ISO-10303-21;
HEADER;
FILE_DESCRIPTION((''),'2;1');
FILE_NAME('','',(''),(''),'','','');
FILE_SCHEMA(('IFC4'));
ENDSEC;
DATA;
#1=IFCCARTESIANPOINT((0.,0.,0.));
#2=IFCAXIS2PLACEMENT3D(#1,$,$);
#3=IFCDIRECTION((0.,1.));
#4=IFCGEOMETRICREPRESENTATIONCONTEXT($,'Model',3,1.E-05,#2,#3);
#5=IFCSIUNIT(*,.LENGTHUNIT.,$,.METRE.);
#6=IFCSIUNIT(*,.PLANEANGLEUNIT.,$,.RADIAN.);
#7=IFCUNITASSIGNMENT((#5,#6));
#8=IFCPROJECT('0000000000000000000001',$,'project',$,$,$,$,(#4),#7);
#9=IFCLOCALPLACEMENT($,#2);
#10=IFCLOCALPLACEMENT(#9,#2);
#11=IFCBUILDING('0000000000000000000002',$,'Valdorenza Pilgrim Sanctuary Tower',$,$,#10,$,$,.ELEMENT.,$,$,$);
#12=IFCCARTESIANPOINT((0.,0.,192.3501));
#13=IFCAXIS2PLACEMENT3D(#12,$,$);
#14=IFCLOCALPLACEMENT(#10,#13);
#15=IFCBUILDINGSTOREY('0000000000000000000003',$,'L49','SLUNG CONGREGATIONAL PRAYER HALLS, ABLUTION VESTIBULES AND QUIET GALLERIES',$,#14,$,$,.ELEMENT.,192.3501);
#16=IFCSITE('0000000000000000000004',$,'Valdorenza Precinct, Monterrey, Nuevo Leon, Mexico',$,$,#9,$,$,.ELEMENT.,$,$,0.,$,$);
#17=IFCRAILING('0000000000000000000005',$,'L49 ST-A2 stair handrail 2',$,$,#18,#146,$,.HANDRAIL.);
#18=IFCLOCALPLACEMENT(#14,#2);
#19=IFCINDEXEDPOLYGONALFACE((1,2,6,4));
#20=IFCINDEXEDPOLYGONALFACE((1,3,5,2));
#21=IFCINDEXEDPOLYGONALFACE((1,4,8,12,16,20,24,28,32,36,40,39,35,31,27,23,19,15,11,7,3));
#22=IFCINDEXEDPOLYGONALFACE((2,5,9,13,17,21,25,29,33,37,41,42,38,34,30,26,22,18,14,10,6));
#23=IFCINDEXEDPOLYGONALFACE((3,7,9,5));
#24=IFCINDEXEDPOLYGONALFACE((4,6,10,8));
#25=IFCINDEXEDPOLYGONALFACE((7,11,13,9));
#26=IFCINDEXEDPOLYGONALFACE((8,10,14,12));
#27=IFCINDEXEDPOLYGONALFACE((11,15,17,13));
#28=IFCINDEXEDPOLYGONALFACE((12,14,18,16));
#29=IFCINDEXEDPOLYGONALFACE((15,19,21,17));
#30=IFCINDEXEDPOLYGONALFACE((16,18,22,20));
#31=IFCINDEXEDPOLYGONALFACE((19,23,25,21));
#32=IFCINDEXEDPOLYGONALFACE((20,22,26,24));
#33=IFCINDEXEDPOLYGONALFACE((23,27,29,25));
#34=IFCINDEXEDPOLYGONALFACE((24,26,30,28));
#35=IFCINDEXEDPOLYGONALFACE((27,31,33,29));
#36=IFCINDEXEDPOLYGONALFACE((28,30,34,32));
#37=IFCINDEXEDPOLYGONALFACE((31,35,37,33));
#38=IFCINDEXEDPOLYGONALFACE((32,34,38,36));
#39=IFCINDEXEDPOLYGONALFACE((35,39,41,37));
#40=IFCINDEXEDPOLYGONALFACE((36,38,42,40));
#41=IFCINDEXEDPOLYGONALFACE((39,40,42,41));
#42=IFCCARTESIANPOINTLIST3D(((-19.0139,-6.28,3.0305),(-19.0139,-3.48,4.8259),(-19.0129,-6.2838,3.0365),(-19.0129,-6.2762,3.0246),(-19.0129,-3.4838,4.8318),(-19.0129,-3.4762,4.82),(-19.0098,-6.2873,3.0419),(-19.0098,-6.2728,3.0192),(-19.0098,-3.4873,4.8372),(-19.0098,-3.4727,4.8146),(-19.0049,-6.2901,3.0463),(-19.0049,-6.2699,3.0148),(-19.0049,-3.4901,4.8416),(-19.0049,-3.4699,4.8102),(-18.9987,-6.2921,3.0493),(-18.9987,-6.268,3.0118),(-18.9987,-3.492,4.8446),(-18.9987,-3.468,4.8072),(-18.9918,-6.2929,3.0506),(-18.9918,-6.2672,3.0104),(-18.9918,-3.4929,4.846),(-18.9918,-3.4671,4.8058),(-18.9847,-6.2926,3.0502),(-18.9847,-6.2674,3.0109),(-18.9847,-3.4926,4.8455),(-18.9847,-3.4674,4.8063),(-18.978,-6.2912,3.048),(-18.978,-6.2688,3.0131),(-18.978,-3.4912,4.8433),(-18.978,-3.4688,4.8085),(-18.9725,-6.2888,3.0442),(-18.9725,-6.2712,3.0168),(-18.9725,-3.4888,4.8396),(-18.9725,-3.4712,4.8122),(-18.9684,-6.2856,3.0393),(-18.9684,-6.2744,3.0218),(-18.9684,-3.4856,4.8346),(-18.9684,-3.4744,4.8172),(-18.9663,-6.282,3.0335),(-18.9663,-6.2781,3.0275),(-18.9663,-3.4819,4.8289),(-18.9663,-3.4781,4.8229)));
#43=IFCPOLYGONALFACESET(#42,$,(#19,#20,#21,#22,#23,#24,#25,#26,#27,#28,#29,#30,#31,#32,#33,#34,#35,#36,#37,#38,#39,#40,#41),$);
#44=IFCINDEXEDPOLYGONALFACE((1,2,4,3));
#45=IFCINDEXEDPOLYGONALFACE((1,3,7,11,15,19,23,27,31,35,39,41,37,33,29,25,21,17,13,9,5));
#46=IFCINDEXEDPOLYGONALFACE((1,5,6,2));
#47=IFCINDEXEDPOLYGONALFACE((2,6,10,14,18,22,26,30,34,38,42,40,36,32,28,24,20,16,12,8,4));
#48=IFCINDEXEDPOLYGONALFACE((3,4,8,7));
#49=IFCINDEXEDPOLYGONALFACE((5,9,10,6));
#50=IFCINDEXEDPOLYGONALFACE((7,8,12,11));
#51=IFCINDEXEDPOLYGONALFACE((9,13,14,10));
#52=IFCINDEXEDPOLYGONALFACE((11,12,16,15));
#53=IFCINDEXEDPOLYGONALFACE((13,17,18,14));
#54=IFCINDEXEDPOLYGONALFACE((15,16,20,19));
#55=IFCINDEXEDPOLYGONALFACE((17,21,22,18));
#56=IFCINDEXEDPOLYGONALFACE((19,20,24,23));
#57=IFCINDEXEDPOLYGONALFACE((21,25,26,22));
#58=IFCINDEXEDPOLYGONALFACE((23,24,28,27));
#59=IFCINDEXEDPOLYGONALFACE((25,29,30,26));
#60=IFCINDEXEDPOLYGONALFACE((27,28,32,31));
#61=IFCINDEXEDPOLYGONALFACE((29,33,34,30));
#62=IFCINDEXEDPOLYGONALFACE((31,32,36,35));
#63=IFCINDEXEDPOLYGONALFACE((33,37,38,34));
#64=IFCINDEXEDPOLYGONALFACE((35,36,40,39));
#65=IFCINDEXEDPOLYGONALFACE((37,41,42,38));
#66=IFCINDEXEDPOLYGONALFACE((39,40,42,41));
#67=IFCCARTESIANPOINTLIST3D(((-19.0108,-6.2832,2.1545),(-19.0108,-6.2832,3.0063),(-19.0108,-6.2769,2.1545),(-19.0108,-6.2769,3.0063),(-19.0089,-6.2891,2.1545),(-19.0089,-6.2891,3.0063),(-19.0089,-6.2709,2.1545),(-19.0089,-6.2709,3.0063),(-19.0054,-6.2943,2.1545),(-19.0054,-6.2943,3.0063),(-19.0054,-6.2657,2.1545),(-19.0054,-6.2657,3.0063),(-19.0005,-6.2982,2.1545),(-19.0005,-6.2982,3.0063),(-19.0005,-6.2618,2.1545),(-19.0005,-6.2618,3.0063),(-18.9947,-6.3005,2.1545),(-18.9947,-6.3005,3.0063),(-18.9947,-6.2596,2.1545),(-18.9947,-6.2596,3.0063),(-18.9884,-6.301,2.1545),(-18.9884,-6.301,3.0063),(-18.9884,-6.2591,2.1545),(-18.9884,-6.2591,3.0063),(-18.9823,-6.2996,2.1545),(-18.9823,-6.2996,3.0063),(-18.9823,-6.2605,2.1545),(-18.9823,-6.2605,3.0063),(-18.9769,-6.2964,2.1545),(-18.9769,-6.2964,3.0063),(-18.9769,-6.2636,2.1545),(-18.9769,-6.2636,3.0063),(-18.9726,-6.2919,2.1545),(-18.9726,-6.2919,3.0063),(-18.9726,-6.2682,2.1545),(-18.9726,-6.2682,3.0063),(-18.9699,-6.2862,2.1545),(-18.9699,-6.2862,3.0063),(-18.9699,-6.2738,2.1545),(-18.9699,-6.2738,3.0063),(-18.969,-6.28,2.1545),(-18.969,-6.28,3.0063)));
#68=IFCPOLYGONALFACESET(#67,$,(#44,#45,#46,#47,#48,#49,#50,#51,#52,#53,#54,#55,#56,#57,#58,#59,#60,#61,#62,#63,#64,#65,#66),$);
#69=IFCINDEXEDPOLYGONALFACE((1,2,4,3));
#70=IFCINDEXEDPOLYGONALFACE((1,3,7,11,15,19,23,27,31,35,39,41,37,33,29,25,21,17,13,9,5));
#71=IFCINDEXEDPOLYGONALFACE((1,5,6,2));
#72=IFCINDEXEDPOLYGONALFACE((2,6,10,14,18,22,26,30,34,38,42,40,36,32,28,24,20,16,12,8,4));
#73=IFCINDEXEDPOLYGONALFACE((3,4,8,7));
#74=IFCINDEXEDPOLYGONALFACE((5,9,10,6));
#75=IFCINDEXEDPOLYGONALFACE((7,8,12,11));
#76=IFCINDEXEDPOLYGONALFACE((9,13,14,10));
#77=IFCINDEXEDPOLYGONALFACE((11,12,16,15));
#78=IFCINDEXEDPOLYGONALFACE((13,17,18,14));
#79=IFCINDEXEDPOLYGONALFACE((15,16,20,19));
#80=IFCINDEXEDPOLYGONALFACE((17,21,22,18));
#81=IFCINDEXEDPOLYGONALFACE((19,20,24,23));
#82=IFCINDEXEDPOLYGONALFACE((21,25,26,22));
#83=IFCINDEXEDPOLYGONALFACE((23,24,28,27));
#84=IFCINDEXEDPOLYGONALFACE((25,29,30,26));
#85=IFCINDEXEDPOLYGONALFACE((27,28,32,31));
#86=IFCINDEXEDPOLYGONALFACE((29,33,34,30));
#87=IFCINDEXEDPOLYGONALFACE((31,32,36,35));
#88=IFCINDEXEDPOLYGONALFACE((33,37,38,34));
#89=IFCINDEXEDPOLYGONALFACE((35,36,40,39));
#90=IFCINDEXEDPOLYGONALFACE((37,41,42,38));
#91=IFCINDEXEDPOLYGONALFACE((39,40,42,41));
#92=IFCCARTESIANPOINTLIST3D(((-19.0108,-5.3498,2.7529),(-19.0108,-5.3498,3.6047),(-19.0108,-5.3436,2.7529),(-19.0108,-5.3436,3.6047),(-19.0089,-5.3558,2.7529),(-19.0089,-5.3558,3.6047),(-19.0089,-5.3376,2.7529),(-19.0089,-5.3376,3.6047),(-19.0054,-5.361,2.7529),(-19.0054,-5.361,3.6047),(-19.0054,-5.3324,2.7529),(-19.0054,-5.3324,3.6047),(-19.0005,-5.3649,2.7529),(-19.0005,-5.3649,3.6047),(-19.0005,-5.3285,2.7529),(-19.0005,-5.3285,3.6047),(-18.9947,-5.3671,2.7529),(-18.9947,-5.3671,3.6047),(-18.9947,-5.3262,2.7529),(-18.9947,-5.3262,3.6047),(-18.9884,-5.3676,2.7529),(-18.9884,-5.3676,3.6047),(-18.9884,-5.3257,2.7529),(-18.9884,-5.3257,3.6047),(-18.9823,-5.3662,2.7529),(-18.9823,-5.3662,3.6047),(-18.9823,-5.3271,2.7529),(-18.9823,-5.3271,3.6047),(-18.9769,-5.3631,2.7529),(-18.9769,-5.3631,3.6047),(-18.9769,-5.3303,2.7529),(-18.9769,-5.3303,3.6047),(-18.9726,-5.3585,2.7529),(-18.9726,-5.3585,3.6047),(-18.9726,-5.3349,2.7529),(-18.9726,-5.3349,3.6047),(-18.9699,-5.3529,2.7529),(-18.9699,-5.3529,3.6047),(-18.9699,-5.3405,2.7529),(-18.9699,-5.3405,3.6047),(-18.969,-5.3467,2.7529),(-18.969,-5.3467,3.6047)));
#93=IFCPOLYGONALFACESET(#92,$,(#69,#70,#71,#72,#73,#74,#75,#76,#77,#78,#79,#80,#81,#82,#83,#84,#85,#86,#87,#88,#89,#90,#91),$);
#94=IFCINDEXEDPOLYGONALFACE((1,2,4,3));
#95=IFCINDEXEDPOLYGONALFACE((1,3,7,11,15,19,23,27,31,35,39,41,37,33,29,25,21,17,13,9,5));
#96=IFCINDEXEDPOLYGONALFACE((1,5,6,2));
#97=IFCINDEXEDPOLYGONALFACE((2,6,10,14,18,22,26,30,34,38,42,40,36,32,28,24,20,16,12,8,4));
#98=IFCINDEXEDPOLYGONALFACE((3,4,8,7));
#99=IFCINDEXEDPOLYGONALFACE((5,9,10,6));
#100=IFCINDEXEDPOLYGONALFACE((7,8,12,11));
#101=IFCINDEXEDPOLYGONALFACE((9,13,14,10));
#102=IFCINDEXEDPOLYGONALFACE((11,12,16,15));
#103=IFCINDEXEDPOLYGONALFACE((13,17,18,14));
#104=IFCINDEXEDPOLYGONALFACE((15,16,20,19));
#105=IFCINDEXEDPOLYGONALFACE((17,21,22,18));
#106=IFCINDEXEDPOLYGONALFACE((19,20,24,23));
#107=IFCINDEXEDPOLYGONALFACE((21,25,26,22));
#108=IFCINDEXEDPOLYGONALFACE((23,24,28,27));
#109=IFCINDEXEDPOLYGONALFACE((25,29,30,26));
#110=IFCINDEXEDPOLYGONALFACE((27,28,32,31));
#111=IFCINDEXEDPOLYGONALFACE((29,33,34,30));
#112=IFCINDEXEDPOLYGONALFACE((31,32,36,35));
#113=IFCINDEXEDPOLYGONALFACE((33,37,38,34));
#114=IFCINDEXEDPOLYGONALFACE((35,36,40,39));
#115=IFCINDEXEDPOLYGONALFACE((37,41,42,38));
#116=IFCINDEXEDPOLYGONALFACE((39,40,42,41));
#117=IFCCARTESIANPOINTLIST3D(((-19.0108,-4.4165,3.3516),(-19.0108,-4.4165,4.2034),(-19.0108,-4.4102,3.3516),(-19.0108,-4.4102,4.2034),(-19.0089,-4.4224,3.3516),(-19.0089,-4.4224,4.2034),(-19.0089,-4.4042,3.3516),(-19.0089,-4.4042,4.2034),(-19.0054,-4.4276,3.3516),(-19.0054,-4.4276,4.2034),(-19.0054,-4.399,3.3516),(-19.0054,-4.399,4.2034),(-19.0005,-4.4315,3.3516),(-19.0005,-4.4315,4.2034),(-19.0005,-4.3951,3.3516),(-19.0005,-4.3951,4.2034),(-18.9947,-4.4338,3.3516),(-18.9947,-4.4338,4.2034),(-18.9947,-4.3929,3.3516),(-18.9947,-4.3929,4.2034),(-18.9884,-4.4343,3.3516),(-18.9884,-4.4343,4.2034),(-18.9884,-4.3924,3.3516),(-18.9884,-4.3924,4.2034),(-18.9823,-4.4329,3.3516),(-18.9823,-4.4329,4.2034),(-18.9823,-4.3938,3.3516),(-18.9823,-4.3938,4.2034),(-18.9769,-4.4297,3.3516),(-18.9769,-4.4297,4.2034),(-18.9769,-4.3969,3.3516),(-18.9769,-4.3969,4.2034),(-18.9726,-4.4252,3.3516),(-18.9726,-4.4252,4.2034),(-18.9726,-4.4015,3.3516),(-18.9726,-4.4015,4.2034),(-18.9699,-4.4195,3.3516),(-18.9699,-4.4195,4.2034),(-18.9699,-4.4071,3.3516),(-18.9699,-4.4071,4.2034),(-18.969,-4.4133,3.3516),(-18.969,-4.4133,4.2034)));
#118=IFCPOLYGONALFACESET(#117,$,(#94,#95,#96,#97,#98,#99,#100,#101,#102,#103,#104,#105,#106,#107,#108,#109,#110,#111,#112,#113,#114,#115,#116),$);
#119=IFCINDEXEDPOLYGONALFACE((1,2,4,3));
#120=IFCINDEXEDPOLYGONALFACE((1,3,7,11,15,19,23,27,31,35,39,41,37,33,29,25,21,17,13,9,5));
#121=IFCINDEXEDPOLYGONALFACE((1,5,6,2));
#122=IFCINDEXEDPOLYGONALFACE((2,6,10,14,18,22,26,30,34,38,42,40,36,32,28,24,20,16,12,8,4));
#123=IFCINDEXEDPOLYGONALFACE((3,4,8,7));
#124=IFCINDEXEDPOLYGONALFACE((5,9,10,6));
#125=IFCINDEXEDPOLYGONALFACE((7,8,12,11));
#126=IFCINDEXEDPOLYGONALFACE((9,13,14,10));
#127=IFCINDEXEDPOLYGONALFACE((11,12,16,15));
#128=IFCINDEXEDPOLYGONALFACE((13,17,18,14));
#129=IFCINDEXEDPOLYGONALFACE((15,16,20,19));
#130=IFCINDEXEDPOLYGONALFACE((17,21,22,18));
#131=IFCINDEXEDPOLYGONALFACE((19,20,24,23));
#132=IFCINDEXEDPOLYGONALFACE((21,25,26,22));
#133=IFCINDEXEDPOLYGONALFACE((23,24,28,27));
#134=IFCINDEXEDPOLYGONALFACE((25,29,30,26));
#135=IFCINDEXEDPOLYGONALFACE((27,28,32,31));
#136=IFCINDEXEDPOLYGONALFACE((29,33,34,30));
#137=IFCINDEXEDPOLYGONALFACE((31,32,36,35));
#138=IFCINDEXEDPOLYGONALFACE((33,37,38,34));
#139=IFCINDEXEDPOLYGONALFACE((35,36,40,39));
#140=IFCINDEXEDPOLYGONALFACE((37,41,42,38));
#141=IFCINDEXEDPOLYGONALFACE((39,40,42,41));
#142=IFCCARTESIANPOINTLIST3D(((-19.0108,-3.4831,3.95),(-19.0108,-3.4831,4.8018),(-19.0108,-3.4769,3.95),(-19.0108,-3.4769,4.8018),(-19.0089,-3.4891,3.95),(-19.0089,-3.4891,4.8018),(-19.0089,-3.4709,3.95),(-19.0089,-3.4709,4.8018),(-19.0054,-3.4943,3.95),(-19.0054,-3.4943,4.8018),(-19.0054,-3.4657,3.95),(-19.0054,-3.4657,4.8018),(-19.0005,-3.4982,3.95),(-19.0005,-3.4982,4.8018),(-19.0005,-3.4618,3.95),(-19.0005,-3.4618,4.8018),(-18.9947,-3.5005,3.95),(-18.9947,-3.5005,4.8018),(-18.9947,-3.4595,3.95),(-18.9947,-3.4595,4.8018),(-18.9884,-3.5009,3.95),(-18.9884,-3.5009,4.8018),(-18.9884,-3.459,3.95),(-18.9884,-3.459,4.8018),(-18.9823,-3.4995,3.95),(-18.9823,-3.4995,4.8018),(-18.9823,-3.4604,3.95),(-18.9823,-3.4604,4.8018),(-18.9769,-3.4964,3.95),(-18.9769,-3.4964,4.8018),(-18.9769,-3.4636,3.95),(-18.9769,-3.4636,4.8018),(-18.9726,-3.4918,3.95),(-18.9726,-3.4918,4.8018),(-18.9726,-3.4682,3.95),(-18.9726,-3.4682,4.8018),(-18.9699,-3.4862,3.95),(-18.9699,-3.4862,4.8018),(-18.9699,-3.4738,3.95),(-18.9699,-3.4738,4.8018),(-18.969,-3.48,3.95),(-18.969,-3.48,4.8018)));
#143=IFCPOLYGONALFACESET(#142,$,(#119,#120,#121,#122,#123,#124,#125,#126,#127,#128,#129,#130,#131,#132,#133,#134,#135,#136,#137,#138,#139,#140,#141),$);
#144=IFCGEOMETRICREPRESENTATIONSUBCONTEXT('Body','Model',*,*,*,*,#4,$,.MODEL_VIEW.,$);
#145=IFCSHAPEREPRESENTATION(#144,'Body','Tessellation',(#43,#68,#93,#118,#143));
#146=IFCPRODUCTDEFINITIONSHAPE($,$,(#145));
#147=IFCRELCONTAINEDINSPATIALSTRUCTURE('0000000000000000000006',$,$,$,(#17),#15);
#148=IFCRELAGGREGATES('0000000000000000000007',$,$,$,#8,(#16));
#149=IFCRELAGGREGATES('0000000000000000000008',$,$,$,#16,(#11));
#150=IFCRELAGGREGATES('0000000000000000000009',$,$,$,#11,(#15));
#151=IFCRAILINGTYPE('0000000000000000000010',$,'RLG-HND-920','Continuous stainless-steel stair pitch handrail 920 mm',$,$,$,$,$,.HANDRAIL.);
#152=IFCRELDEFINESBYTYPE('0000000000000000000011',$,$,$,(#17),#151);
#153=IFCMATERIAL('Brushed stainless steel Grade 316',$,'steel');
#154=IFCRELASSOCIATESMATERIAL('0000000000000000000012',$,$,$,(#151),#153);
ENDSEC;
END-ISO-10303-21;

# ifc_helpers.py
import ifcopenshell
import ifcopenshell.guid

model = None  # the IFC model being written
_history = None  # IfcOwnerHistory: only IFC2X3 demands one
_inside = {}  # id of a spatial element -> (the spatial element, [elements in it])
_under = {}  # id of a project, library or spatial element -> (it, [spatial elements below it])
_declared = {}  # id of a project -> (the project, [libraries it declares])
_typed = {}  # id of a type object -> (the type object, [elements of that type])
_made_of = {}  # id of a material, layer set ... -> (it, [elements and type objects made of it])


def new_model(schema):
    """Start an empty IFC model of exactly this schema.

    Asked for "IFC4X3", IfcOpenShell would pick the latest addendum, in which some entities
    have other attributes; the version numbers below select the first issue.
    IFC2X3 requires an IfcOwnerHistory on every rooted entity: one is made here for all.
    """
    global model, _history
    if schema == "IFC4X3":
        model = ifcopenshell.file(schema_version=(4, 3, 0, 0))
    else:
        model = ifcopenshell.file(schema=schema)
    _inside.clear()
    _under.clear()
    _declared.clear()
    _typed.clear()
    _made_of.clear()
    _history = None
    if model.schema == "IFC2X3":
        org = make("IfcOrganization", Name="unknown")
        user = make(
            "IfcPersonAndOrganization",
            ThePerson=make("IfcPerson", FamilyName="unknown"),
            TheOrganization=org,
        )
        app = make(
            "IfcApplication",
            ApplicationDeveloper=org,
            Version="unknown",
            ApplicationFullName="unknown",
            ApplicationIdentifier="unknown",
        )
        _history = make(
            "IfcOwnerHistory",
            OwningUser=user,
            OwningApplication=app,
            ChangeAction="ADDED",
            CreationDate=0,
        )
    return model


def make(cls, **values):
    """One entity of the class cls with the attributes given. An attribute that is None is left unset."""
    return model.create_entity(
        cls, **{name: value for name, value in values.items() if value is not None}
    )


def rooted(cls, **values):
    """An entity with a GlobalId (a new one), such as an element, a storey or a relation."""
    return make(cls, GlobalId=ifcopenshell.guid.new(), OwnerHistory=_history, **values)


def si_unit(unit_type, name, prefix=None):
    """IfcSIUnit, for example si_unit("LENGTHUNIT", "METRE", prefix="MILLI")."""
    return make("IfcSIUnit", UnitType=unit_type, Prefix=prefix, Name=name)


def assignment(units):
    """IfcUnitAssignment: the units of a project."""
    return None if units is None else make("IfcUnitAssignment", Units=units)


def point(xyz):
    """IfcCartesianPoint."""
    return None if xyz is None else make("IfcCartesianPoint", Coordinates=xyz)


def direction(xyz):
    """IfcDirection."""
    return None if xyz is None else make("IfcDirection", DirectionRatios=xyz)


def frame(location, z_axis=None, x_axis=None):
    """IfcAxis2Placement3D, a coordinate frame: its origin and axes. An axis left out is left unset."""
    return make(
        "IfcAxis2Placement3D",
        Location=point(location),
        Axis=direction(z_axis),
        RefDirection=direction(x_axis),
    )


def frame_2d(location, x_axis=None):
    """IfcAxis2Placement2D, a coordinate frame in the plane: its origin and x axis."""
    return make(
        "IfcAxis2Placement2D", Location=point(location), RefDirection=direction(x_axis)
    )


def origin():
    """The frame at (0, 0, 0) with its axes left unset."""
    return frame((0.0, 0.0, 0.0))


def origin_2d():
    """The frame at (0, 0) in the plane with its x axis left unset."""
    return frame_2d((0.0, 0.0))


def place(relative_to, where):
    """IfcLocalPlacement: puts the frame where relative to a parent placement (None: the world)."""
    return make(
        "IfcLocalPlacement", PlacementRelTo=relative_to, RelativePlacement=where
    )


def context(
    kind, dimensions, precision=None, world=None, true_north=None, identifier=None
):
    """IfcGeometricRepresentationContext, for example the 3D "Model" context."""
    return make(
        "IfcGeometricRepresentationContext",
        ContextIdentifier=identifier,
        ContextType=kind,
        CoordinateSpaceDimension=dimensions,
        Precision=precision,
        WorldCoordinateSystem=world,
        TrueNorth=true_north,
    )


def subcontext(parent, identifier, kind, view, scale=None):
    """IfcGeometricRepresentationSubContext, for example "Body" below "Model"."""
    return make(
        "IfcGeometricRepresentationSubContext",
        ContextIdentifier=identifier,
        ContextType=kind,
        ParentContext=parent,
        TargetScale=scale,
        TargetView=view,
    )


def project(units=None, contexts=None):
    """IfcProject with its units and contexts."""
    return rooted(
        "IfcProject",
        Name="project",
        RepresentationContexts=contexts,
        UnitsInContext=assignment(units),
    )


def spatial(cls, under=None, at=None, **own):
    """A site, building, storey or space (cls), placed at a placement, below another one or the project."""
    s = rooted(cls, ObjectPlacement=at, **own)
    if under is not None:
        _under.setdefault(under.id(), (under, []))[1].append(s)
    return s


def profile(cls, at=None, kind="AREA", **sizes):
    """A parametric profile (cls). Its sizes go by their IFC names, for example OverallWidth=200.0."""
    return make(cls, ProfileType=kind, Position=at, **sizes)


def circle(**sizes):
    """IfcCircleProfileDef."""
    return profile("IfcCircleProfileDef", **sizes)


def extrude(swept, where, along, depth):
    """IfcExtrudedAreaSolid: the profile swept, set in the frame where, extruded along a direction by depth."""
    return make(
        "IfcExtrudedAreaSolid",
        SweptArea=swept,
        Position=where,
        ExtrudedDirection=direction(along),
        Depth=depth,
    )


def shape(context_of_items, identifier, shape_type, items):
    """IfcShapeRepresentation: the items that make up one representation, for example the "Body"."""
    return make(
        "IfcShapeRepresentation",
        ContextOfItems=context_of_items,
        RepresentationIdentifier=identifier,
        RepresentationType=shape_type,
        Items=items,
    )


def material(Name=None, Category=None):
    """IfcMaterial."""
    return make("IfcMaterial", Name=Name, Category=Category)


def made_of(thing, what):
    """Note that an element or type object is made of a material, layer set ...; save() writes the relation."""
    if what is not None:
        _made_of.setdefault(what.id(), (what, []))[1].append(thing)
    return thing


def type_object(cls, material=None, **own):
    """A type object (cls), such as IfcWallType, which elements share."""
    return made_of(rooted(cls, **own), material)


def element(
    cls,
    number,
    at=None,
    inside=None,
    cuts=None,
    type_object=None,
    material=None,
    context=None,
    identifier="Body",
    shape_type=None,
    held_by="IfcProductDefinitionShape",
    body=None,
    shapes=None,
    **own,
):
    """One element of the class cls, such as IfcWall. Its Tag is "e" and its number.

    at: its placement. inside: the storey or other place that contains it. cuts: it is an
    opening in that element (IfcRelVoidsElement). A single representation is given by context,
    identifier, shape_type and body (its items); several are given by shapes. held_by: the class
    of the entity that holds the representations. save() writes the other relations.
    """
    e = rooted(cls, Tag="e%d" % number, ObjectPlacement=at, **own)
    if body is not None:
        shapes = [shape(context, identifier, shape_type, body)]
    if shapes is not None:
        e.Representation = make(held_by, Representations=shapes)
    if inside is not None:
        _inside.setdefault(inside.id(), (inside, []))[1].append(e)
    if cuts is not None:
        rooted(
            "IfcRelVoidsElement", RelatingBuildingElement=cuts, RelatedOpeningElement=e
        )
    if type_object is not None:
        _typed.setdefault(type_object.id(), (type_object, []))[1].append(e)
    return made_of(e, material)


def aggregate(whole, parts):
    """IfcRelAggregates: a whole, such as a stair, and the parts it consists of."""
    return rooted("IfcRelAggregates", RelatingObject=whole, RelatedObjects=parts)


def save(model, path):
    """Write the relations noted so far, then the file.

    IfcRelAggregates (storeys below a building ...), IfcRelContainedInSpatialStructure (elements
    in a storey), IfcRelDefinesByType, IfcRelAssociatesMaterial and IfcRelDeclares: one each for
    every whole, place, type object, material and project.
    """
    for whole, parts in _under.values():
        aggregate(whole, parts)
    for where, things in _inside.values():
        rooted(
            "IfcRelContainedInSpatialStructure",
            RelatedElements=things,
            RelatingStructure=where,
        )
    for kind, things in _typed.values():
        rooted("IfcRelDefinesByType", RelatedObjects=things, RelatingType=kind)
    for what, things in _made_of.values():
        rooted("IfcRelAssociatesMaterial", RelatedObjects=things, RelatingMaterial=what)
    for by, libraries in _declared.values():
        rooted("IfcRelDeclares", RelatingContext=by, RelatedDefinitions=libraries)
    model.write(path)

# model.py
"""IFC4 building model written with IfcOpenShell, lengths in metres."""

from ifc_helpers import new_model, si_unit, direction, frame, origin, origin_2d, place, context, subcontext, project, spatial, circle, extrude, material, type_object, element, save


model = new_model("IFC4")

# Units and contexts
model_context = context("Model", 3, precision=1e-05, world=origin(), true_north=direction((0.0, 1.0)))
body_context = subcontext(model_context, "Body", "Model", "MODEL_VIEW")
ifc_project = project(units=[si_unit("LENGTHUNIT", "METRE"), si_unit("PLANEANGLEUNIT", "RADIAN")], contexts=[model_context])

# Site, building, storey
site_placement = place(None, origin())
site = spatial("IfcSite", under=ifc_project, at=site_placement, Name="Valdorenza Precinct, Monterrey, Nuevo Leon, Mexico", CompositionType="ELEMENT", RefElevation=0.0)
building_placement = place(site_placement, origin())
building = spatial("IfcBuilding", under=site, at=building_placement, Name="Valdorenza Pilgrim Sanctuary Tower", CompositionType="ELEMENT")
storey_placement = place(building_placement, frame((0.0, 0.0, 192.3501)))
storey = spatial("IfcBuildingStorey", under=building, at=storey_placement, Name="L49", Description="SLUNG CONGREGATIONAL PRAYER HALLS, ABLUTION VESTIBULES AND QUIET GALLERIES", CompositionType="ELEMENT", Elevation=192.3501)

# Railing
ifc_material_1 = material(Name="Brushed stainless steel Grade 316", Category="steel")
railing_type_1 = type_object("IfcRailingType", Name="RLG-HND-920", Description="Continuous stainless-steel stair pitch handrail 920 mm", PredefinedType="HANDRAIL", material=ifc_material_1)
railing_1_placement = place(storey_placement, frame((-18.99, -6.28, 2.1545)))
element("IfcRailing", 1, at=railing_1_placement, inside=storey, type_object=railing_type_1, Name="L49 ST-A2 stair handrail 2", PredefinedType="HANDRAIL", context=body_context, shape_type="SweptSolid", body=[
    extrude(circle(Radius=0.0239, at=origin_2d()), frame((0.0, 0.0, 0.876), z_axis=(0.0, 0.84181, 0.539774), x_axis=(-1.0, 0.0, 0.0)), (0.0, 0.0, 1.0), 3.3262),
    extrude(circle(Radius=0.021, at=origin_2d()), origin(), (0.0, 0.0, 1.0), 0.8518),
    extrude(circle(Radius=0.021, at=origin_2d()), frame((0.0, 0.9333, 0.5984)), (0.0, 0.0, 1.0), 0.8518),
    extrude(circle(Radius=0.021, at=origin_2d()), frame((0.0, 1.8667, 1.197)), (0.0, 0.0, 1.0), 0.8518),
    extrude(circle(Radius=0.021, at=origin_2d()), frame((0.0, 2.8, 1.7954)), (0.0, 0.0, 1.0), 0.8518),
])

save(model, "model.ifc")
